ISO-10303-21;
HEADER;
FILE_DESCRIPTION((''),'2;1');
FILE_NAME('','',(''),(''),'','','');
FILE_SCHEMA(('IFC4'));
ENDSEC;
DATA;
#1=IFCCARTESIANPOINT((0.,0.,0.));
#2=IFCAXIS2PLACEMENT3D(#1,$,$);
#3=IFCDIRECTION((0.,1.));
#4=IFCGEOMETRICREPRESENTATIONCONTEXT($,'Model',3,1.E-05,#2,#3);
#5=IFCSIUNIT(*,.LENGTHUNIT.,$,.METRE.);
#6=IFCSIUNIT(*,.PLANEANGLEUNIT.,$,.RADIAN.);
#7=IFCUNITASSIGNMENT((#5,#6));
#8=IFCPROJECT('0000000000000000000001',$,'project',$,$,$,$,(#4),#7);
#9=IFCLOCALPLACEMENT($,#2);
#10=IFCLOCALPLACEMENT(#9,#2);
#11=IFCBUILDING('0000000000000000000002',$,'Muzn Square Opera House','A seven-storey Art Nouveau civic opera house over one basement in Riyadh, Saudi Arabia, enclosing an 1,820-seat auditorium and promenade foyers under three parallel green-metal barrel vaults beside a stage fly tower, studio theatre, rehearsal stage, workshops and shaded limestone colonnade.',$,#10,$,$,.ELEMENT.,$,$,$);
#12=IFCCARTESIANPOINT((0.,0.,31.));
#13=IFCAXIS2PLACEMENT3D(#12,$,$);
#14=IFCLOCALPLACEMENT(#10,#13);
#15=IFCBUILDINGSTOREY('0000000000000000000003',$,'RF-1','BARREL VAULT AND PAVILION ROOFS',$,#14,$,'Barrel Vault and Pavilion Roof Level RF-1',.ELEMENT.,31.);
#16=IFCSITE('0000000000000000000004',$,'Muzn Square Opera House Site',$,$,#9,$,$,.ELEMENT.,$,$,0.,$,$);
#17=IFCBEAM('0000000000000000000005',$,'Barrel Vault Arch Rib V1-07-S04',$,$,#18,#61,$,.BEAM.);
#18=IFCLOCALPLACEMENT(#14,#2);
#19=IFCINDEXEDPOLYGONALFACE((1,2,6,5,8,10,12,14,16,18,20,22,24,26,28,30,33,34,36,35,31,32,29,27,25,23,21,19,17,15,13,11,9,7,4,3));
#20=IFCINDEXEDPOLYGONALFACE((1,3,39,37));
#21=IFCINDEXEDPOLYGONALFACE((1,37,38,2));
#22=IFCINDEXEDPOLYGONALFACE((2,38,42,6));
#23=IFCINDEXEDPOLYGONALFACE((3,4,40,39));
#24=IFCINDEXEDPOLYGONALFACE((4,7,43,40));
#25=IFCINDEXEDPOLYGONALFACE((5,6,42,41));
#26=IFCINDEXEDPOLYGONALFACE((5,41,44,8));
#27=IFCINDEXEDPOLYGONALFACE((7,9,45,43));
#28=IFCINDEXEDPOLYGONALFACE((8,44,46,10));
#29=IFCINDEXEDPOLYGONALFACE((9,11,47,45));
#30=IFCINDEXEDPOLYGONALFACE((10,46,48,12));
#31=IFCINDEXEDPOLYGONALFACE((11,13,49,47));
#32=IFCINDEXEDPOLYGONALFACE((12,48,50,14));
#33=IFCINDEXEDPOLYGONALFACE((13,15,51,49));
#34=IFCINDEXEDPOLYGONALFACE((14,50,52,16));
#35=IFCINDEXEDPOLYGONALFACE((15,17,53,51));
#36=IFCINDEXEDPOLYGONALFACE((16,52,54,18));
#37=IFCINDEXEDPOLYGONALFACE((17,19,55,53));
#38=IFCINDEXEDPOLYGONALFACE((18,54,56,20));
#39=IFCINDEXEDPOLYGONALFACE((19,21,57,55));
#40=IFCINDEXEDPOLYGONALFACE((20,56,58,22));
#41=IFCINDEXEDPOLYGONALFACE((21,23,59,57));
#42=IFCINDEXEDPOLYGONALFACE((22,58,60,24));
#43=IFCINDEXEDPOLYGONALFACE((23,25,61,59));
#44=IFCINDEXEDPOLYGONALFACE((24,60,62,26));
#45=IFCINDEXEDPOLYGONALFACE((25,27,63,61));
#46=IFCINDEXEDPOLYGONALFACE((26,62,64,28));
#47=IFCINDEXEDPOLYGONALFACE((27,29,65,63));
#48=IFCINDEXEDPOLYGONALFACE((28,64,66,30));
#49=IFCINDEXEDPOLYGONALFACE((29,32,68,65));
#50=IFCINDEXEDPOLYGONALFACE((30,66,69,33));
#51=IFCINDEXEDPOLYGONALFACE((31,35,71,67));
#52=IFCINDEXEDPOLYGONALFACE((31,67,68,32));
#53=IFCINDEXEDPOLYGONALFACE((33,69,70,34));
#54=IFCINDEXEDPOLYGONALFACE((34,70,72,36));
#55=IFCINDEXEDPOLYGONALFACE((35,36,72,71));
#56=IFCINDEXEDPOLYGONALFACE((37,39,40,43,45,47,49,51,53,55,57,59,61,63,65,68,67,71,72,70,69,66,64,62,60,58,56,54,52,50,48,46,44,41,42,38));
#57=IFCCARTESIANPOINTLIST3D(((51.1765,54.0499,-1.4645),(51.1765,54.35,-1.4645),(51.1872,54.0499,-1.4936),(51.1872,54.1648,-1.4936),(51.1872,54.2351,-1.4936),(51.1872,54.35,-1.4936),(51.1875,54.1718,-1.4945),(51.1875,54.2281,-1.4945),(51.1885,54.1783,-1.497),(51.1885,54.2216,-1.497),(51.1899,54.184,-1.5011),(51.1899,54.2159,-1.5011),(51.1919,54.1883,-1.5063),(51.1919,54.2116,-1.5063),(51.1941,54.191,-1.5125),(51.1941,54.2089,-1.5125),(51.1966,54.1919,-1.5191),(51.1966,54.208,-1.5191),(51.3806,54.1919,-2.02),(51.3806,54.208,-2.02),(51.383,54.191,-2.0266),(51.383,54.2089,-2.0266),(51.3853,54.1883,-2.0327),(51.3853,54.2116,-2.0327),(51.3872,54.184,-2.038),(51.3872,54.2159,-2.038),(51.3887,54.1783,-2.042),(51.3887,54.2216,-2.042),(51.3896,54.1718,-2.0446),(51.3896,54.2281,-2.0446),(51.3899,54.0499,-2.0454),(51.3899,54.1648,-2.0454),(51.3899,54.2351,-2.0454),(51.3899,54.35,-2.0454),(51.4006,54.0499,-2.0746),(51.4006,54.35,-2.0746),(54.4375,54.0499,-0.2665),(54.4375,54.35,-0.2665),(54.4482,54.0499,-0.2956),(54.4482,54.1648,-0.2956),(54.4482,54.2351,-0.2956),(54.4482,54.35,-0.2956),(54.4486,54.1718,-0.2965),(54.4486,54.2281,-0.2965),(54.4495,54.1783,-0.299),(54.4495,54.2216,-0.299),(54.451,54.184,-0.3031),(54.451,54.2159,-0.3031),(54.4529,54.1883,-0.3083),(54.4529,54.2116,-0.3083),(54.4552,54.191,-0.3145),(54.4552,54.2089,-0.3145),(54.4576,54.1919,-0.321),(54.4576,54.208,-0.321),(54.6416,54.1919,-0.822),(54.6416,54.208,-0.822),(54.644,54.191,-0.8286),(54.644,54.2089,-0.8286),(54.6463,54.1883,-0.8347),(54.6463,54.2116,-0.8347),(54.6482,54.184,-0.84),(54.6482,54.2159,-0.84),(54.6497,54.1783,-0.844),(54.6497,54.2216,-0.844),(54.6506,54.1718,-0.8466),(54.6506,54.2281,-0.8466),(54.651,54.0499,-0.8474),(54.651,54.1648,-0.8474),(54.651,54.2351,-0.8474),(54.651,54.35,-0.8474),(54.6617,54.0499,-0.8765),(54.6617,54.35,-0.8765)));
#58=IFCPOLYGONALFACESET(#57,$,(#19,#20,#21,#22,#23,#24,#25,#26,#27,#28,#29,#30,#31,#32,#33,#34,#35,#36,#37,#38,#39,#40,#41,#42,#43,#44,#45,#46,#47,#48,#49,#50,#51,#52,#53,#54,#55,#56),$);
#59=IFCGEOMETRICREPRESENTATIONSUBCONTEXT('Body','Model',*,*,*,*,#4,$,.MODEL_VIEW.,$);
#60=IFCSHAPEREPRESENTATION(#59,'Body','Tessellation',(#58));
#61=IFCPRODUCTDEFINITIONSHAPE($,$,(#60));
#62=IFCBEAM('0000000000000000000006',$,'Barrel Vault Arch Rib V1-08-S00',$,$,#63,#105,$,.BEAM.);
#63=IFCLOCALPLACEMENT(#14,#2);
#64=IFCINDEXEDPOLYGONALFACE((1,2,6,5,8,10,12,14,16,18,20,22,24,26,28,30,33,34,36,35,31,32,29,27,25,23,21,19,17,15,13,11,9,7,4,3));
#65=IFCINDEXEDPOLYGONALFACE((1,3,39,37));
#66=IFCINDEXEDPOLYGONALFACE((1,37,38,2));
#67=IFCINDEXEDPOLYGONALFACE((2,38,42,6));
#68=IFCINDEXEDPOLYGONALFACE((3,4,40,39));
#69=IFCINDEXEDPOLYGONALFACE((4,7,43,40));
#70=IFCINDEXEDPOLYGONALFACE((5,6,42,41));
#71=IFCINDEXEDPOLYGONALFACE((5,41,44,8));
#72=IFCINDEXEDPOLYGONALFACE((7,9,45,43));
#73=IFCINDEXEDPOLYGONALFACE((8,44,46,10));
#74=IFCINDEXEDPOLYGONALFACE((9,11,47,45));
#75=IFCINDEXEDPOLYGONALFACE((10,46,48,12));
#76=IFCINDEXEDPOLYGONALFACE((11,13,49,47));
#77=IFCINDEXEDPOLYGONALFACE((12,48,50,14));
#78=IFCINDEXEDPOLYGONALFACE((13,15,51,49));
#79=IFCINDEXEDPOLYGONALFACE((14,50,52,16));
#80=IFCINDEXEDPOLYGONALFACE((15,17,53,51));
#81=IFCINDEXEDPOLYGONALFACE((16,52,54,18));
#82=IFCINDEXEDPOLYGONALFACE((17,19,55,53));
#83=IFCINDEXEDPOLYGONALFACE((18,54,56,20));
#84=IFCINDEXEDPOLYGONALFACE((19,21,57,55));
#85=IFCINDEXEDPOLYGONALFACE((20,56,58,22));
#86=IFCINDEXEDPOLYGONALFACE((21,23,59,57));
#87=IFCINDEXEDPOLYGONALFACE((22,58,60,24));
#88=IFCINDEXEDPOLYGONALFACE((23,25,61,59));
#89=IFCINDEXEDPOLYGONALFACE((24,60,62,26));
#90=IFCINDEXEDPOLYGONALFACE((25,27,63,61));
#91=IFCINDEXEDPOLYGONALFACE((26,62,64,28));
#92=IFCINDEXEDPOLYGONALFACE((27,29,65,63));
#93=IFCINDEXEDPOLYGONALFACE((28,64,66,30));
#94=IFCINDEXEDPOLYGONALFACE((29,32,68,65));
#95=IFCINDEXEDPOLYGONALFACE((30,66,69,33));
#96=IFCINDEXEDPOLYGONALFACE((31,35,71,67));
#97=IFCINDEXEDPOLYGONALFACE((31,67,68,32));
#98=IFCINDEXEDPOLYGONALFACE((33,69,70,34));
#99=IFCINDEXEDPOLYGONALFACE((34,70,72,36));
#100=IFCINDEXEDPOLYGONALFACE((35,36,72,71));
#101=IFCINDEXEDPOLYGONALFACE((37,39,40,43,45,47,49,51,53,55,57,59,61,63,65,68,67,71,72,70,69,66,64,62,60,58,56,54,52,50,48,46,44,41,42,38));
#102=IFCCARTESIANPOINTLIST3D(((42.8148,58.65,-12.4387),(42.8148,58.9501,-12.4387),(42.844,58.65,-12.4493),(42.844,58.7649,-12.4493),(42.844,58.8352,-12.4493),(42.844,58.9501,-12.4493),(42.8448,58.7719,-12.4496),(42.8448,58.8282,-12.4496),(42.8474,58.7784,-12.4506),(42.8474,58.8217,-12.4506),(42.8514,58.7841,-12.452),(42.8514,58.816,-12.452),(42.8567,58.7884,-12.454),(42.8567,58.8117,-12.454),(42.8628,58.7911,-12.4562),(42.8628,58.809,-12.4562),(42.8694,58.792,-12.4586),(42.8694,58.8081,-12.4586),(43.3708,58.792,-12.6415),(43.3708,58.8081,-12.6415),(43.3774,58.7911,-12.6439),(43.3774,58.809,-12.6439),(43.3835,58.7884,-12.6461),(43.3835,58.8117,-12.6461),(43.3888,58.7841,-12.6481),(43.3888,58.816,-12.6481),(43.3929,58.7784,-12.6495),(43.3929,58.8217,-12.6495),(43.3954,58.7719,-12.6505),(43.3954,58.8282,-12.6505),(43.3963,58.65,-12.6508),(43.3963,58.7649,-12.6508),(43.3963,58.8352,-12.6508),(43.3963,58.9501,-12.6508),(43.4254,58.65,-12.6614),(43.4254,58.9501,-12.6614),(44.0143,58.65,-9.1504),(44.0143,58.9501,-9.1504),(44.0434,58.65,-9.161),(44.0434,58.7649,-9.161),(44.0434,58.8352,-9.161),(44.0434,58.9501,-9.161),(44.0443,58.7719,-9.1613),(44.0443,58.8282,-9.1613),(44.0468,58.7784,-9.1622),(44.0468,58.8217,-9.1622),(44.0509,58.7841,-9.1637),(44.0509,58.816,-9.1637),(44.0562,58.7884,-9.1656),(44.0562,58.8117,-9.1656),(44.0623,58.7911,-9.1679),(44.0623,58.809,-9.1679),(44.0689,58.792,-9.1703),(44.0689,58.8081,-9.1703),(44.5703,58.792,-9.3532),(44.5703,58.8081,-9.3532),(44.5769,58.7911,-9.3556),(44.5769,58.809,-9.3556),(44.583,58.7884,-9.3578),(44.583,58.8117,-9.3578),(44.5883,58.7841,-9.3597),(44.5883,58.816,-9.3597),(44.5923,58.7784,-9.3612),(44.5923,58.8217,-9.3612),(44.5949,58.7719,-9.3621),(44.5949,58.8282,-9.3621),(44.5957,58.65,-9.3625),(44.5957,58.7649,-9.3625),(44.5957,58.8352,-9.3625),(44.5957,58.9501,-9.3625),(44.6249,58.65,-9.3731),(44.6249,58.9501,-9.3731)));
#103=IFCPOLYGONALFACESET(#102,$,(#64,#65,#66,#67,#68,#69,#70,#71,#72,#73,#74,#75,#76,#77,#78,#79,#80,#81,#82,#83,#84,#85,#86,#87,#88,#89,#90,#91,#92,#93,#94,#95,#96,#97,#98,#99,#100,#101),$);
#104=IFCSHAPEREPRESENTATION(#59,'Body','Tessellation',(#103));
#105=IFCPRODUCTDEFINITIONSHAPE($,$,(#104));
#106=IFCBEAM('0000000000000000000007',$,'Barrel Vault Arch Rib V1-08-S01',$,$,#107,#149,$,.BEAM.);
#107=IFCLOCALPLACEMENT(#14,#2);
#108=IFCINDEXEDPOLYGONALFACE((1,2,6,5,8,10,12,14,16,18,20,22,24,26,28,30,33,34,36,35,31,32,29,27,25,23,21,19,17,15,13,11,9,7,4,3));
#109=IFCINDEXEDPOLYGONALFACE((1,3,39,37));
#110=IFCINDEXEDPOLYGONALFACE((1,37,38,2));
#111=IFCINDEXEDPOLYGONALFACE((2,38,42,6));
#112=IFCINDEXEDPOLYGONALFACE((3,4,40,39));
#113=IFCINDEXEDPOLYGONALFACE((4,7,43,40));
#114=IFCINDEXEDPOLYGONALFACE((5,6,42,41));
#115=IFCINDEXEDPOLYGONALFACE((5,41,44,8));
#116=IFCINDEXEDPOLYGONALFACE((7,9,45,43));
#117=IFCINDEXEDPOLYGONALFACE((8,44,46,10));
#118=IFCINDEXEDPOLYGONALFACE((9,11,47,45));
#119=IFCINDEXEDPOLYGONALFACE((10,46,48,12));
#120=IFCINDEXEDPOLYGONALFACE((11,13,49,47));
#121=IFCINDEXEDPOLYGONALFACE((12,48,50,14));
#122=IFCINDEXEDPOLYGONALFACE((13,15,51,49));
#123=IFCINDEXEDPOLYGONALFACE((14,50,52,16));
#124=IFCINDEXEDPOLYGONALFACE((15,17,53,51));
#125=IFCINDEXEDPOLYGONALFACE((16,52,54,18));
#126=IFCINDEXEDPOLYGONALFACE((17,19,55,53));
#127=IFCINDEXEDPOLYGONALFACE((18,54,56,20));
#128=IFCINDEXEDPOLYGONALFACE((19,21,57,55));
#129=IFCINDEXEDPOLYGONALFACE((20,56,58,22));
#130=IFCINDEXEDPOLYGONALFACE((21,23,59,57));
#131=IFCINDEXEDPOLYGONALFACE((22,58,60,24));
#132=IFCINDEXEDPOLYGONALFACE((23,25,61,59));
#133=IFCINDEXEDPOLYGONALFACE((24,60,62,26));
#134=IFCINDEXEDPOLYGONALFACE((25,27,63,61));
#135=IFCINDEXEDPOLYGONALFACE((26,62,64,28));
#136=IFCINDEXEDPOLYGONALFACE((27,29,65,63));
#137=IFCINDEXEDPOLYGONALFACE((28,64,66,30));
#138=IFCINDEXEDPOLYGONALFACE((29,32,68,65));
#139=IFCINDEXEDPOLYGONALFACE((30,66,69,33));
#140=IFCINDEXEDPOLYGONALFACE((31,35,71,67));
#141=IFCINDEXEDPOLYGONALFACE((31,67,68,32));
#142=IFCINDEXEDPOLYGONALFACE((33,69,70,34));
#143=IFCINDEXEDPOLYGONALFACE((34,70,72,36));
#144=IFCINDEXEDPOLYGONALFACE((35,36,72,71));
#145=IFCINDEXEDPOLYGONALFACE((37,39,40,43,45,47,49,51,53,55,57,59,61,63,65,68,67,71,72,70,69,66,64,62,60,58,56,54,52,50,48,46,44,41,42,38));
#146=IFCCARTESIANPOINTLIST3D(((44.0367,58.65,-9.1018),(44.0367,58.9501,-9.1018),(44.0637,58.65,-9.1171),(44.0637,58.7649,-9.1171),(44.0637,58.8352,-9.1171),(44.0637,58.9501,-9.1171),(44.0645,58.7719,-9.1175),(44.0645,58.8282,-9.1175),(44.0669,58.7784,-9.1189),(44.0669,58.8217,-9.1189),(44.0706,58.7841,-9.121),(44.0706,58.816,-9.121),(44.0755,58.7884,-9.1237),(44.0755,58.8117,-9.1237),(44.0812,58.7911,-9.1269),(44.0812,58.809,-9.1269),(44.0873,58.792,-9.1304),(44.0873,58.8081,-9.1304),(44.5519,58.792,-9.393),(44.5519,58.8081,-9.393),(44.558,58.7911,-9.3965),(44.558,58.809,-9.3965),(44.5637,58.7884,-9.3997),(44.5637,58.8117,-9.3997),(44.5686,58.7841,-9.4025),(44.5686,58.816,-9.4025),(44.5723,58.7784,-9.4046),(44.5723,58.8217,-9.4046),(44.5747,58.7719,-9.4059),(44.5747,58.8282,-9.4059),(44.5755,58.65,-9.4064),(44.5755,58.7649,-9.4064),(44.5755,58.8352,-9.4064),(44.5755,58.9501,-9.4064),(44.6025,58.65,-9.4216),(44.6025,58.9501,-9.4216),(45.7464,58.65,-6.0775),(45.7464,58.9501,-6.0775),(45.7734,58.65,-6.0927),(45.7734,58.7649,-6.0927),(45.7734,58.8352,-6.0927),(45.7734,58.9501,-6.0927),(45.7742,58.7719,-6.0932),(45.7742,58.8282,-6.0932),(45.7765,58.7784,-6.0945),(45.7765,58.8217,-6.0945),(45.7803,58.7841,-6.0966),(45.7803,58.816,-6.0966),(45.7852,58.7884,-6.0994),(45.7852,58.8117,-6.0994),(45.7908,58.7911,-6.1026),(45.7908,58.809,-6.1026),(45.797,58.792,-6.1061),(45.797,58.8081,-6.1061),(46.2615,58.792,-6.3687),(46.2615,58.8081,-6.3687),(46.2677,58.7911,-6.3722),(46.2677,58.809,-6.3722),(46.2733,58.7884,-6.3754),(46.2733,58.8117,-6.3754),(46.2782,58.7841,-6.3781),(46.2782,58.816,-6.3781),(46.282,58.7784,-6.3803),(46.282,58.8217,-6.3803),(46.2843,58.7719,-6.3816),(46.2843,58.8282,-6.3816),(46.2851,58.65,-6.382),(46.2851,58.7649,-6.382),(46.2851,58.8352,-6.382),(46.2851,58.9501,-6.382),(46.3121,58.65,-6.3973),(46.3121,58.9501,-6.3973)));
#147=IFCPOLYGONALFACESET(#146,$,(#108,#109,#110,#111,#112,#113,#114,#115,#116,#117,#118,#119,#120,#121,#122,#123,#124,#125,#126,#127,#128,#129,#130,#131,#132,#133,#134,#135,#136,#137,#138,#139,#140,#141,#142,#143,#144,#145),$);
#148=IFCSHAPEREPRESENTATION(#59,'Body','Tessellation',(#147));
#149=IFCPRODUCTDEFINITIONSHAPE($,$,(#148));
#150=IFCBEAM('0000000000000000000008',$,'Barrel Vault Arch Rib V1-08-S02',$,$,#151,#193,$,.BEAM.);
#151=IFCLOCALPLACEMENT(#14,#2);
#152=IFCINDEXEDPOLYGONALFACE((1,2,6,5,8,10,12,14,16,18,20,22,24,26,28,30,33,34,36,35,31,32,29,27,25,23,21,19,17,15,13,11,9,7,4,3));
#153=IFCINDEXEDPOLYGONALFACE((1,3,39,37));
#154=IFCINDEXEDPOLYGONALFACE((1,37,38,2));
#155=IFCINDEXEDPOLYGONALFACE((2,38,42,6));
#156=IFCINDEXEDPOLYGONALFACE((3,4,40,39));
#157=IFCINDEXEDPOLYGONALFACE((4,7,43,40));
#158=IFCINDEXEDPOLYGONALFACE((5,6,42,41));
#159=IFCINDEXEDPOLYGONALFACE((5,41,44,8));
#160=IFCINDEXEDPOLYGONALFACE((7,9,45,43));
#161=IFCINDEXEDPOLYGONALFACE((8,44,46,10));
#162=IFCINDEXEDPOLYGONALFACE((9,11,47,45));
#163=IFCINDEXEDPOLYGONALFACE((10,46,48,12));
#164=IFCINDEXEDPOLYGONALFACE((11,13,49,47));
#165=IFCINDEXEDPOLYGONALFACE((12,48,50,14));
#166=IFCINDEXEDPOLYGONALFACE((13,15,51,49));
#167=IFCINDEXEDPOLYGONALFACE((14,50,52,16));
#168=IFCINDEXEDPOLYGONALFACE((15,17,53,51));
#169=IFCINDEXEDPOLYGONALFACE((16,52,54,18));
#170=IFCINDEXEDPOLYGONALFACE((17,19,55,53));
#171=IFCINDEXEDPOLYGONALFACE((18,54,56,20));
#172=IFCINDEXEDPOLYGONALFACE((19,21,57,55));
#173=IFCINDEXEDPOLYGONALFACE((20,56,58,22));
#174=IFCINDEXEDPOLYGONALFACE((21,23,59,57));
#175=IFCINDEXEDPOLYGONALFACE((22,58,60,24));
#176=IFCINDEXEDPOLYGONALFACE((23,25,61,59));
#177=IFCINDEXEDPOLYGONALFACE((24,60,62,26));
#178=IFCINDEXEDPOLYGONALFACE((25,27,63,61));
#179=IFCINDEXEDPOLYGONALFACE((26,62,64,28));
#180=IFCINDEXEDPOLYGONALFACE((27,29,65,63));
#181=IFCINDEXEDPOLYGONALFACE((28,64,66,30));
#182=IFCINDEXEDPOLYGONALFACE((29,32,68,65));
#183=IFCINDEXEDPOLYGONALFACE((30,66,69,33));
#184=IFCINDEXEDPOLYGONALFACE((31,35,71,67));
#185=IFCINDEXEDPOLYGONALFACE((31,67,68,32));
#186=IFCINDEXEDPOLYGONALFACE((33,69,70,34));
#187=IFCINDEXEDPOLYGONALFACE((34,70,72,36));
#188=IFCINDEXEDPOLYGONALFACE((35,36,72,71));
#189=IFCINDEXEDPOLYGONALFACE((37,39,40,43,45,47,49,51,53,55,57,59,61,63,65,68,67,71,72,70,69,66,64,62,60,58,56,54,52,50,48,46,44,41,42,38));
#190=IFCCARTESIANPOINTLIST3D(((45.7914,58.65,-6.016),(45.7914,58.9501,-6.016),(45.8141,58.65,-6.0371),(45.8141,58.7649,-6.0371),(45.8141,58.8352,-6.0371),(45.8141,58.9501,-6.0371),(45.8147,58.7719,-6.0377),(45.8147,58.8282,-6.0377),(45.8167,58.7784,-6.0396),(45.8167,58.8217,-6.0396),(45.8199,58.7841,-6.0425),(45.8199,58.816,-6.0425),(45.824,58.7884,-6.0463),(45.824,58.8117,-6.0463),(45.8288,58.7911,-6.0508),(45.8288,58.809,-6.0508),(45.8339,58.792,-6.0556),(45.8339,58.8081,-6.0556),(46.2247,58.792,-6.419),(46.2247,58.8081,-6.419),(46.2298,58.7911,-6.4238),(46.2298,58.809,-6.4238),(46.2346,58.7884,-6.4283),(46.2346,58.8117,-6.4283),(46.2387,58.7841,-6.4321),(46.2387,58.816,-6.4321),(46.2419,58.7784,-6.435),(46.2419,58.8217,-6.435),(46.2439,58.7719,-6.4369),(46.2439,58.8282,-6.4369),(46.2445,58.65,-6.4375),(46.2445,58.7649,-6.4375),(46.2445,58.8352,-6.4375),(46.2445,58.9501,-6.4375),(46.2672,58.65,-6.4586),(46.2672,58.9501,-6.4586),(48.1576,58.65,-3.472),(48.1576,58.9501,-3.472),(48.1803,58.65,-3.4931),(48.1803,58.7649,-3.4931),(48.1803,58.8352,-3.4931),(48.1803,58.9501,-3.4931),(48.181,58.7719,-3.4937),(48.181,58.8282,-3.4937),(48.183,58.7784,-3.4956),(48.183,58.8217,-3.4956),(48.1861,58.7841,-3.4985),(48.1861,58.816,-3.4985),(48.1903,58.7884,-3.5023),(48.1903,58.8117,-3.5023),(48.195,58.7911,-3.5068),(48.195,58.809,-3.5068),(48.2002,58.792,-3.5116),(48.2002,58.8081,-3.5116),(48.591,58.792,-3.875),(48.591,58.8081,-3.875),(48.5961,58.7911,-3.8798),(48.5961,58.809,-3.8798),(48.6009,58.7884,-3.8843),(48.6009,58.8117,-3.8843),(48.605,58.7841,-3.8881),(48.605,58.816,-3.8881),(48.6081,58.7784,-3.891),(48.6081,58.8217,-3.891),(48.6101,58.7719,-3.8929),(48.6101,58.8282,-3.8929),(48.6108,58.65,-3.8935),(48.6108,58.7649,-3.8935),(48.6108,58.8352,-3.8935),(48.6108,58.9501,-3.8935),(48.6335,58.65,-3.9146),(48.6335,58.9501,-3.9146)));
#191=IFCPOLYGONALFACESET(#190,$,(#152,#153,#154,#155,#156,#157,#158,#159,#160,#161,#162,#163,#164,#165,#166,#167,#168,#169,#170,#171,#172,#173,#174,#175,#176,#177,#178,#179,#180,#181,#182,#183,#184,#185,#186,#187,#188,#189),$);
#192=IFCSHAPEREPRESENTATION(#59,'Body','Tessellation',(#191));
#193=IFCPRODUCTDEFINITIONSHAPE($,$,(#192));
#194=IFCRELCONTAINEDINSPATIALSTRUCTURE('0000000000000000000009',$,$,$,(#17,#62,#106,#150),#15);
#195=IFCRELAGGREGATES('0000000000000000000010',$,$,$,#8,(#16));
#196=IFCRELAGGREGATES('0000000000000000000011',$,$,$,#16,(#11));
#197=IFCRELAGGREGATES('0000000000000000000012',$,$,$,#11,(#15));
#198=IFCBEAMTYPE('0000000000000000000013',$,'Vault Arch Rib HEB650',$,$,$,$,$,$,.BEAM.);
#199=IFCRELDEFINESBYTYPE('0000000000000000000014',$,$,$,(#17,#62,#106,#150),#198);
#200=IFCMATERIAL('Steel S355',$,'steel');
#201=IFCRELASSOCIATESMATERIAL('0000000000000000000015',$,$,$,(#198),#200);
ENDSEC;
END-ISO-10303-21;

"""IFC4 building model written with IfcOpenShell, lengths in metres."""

from ifc_helpers import new_model, si_unit, direction, frame, origin, origin_2d, place, context, subcontext, project, spatial, i_section, extrude, material, material_profile, profile_set, type_object, element, save


model = new_model("IFC4")

# Units and contexts
model_context = context("Model", 3, precision=1e-05, world=origin(), true_north=direction((0.0, 1.0)))
body_context = subcontext(model_context, "Body", "Model", "MODEL_VIEW")
ifc_project = project(units=[si_unit("LENGTHUNIT", "METRE"), si_unit("PLANEANGLEUNIT", "RADIAN")], contexts=[model_context])

# Site, building, storey
site_placement = place(None, origin())
site = spatial("IfcSite", under=ifc_project, at=site_placement, Name="Muzn Square Opera House Site", CompositionType="ELEMENT", RefElevation=0.0)
building_placement = place(site_placement, origin())
building = spatial("IfcBuilding", under=site, at=building_placement, Name="Muzn Square Opera House", Description="A seven-storey Art Nouveau civic opera house over one basement in Riyadh, Saudi Arabia, enclosing an 1,820-seat auditorium and promenade foyers under three parallel green-metal barrel vaults beside a stage fly tower, studio theatre, rehearsal stage, workshops and shaded limestone colonnade.", CompositionType="ELEMENT")
storey_placement = place(building_placement, frame((0.0, 0.0, 31.0)))
storey = spatial("IfcBuildingStorey", under=building, at=storey_placement, Name="RF-1", Description="BARREL VAULT AND PAVILION ROOFS", LongName="Barrel Vault and Pavilion Roof Level RF-1", CompositionType="ELEMENT", Elevation=31.0)

# Beams
ifc_material_1 = material(Name="Steel S355", Category="steel")
ifc_material_profile_1 = material_profile(ifc_material_1, i_section(OverallWidth=0.3, OverallDepth=0.6499, WebThickness=0.0161, FlangeThickness=0.031, FilletRadius=0.0271, at=origin_2d()), Name="HEB 650", Category="steel")
ifc_profile_set_1 = profile_set([ifc_material_profile_1], Name="Steel S355")
beam_type_1 = type_object("IfcBeamType", Name="Vault Arch Rib HEB650", PredefinedType="BEAM", material=ifc_profile_set_1)
beam_1_placement = place(storey_placement, frame((51.2886, 54.2, -1.7695), z_axis=(0.938662, 0.0, 0.344839), x_axis=(0.0, 1.0, 0.0)))
element("IfcBeam", 1, at=beam_1_placement, inside=storey, type_object=beam_type_1, Name="Barrel Vault Arch Rib V1-07-S04", PredefinedType="BEAM", context=body_context, shape_type="SweptSolid", body=[
    extrude(i_section(OverallWidth=0.3, OverallDepth=0.6499, WebThickness=0.0161, FlangeThickness=0.031, FilletRadius=0.0271, at=origin_2d()), origin(), (0.0, 0.0, 1.0), 3.4741),
])
beam_2_placement = place(storey_placement, frame((43.1201, 58.8, -12.55), z_axis=(0.342678, 0.0, 0.939453), x_axis=(0.0, 1.0, 0.0)))
element("IfcBeam", 2, at=beam_2_placement, inside=storey, type_object=beam_type_1, Name="Barrel Vault Arch Rib V1-08-S00", PredefinedType="BEAM", context=body_context, shape_type="SweptSolid", body=[
    extrude(i_section(OverallWidth=0.3, OverallDepth=0.6499, WebThickness=0.0161, FlangeThickness=0.031, FilletRadius=0.0271, at=origin_2d()), origin(), (0.0, 0.0, 1.0), 3.5002),
])
beam_3_placement = place(storey_placement, frame((44.3196, 58.8, -9.2617), z_axis=(0.492115, 0.0, 0.87053), x_axis=(0.0, 1.0, 0.0)))
element("IfcBeam", 3, at=beam_3_placement, inside=storey, type_object=beam_type_1, Name="Barrel Vault Arch Rib V1-08-S01", PredefinedType="BEAM", context=body_context, shape_type="SweptSolid", body=[
    extrude(i_section(OverallWidth=0.3, OverallDepth=0.6499, WebThickness=0.0161, FlangeThickness=0.031, FilletRadius=0.0271, at=origin_2d()), origin(), (0.0, 0.0, 1.0), 3.4741),
])
for number, where, z_axis, x_axis, name in (
    (4, (46.0293, 58.8, -6.2373), (0.681065, 0.0, 0.732223), (0.0, 1.0, 0.0), "Barrel Vault Arch Rib V1-08-S02"),
):
    element("IfcBeam", number, at=place(storey_placement, frame(where, z_axis=z_axis, x_axis=x_axis)), inside=storey, type_object=beam_type_1, Name=name, PredefinedType="BEAM", context=body_context, shape_type="SweptSolid", body=[
        extrude(i_section(OverallWidth=0.3, OverallDepth=0.6499, WebThickness=0.0161, FlangeThickness=0.031, FilletRadius=0.0271, at=origin_2d()), origin(), (0.0, 0.0, 1.0), 3.4744),
    ])

save(model, "model.ifc")
